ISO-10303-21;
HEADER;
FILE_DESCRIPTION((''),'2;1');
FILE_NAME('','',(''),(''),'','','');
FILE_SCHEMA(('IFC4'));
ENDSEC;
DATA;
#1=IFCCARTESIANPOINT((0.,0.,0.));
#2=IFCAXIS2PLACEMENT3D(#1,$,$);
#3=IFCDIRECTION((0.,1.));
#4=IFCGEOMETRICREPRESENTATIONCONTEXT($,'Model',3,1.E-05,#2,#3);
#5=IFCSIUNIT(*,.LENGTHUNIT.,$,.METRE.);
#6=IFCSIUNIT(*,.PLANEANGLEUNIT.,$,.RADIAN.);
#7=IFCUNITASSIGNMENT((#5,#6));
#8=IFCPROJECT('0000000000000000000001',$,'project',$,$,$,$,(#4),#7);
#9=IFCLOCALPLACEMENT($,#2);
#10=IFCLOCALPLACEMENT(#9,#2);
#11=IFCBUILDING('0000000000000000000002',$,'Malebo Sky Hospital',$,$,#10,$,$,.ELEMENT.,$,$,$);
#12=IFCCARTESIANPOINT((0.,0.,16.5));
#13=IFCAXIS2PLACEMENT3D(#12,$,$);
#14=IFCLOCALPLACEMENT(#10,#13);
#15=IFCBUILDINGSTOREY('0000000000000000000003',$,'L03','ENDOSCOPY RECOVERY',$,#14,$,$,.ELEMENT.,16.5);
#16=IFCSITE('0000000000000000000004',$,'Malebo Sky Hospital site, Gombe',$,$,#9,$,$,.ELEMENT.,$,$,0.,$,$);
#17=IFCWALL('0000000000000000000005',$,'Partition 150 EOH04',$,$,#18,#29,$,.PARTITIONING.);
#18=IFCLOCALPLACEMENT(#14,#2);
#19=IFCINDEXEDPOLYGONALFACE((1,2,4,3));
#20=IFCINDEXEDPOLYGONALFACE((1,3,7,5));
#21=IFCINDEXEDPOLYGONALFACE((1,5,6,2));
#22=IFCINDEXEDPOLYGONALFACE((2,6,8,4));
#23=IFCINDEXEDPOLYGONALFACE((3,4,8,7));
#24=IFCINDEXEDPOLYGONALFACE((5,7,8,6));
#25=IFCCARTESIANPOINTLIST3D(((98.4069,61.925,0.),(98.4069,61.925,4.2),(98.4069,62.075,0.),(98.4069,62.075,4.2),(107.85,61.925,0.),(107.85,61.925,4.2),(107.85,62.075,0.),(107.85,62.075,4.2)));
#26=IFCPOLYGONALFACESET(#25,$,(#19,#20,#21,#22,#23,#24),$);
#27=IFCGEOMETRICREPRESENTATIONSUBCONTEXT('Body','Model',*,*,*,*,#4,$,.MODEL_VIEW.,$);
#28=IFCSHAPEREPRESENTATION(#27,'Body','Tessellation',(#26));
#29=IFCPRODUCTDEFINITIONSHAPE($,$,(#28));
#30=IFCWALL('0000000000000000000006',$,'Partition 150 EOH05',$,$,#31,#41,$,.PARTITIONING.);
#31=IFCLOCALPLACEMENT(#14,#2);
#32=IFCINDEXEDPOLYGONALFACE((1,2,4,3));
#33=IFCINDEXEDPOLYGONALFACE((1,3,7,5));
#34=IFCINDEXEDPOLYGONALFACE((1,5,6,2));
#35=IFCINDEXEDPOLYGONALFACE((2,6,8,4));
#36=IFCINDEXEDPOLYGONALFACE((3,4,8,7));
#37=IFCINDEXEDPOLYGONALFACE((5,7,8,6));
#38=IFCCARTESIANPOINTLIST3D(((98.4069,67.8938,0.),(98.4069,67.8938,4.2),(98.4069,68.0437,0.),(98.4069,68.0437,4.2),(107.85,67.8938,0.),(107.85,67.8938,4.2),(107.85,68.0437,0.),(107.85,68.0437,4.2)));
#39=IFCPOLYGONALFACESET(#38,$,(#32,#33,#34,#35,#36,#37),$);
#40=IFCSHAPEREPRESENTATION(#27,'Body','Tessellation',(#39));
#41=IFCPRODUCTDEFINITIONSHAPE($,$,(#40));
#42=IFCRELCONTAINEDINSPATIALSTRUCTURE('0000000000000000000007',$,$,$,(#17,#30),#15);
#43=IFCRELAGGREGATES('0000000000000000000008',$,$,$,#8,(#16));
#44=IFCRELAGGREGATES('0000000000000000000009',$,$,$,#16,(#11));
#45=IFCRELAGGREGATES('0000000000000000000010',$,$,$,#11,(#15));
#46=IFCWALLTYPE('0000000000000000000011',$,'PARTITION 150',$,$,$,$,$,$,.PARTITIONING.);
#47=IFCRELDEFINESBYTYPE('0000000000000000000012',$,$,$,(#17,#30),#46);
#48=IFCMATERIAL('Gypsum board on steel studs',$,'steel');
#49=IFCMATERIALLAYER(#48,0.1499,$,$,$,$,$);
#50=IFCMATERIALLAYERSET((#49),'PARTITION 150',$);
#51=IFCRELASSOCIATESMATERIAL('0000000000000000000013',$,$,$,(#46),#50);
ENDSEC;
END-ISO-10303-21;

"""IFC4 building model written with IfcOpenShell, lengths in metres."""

from ifc_helpers import new_model, si_unit, direction, frame, frame_2d, origin, place, context, subcontext, project, spatial, rectangle, extrude, material, layer, layer_set, type_object, element, save


model = new_model("IFC4")

# Units and contexts
model_context = context("Model", 3, precision=1e-05, world=origin(), true_north=direction((0.0, 1.0)))
body_context = subcontext(model_context, "Body", "Model", "MODEL_VIEW")
ifc_project = project(units=[si_unit("LENGTHUNIT", "METRE"), si_unit("PLANEANGLEUNIT", "RADIAN")], contexts=[model_context])

# Site, building, storey
site_placement = place(None, origin())
site = spatial("IfcSite", under=ifc_project, at=site_placement, Name="Malebo Sky Hospital site, Gombe", CompositionType="ELEMENT", RefElevation=0.0)
building_placement = place(site_placement, origin())
building = spatial("IfcBuilding", under=site, at=building_placement, Name="Malebo Sky Hospital", CompositionType="ELEMENT")
storey_placement = place(building_placement, frame((0.0, 0.0, 16.5)))
storey = spatial("IfcBuildingStorey", under=building, at=storey_placement, Name="L03", Description="ENDOSCOPY RECOVERY", CompositionType="ELEMENT", Elevation=16.5)

# Walls
ifc_material_1 = material(Name="Gypsum board on steel studs", Category="steel")
ifc_layer_1 = layer(ifc_material_1, 0.1499)
ifc_layer_set_1 = layer_set([ifc_layer_1], Name="PARTITION 150")
wall_type = type_object("IfcWallType", Name="PARTITION 150", PredefinedType="PARTITIONING", material=ifc_layer_set_1)
for number, where, z_axis, x_axis, name in (
    (1, (107.8501, 62.0, 0.0), (0.0, 0.0, 1.0), (-1.0, 0.0, 0.0), "Partition 150 EOH04"),
    (2, (107.8501, 67.9688, 0.0), (0.0, 0.0, 1.0), (-1.0, 0.0, 0.0), "Partition 150 EOH05"),
):
    element("IfcWall", number, at=place(storey_placement, frame(where, z_axis=z_axis, x_axis=x_axis)), inside=storey, type_object=wall_type, Name=name, PredefinedType="PARTITIONING", context=body_context, shape_type="SweptSolid", body=[
        extrude(rectangle(XDim=9.4431, YDim=0.1499, at=frame_2d((4.7217, 0.0))), origin(), (0.0, 0.0, 1.0), 4.2),
    ])

save(model, "model.ifc")
